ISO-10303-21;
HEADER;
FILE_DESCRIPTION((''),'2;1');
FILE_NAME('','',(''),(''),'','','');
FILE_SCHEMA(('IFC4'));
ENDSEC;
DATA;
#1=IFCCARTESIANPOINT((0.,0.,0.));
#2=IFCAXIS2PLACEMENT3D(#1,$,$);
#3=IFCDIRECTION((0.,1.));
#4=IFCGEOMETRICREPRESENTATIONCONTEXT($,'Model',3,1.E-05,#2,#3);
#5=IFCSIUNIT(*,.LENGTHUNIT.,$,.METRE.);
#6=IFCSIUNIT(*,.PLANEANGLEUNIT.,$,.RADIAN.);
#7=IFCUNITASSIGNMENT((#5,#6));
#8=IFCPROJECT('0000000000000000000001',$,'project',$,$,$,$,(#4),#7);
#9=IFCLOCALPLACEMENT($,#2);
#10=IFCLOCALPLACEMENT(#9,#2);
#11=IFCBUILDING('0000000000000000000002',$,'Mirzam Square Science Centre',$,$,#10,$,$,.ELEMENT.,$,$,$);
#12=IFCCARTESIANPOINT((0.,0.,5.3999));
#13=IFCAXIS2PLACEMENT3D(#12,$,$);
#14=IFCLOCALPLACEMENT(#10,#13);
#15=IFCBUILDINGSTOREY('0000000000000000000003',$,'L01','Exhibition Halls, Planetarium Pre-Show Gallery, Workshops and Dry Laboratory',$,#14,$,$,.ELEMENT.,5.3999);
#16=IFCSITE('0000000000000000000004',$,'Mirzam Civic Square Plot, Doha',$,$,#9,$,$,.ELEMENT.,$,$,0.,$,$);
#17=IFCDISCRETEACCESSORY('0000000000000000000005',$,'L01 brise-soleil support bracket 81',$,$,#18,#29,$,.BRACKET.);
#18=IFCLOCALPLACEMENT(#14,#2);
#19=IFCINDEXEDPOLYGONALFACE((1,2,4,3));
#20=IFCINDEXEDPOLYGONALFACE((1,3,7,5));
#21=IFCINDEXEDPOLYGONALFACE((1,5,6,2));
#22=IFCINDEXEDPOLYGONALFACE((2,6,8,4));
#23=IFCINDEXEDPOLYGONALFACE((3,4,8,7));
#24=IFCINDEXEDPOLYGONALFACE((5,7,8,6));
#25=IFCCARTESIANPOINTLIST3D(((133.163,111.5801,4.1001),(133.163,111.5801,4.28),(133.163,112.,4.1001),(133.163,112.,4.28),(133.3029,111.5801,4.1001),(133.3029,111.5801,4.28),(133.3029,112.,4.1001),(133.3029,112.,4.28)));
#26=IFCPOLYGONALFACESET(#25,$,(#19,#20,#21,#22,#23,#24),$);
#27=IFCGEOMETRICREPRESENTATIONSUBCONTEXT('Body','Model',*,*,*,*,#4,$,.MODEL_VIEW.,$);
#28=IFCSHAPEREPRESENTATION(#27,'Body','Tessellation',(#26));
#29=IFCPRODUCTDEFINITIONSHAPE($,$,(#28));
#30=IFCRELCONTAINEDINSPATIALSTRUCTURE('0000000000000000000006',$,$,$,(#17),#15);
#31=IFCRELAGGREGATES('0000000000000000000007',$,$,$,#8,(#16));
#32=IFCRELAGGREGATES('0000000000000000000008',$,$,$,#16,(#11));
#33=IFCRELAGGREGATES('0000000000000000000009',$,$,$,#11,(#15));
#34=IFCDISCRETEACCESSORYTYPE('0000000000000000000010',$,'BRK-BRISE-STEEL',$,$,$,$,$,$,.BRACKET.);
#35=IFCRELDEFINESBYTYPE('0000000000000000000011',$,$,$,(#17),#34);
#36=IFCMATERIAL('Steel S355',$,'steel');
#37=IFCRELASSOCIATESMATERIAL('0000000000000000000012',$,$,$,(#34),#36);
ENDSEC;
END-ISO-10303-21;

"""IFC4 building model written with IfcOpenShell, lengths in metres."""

from ifc_helpers import new_model, si_unit, direction, frame, origin, origin_2d, place, context, subcontext, project, spatial, rectangle, extrude, material, type_object, element, save


model = new_model("IFC4")

# Units and contexts
model_context = context("Model", 3, precision=1e-05, world=origin(), true_north=direction((0.0, 1.0)))
body_context = subcontext(model_context, "Body", "Model", "MODEL_VIEW")
ifc_project = project(units=[si_unit("LENGTHUNIT", "METRE"), si_unit("PLANEANGLEUNIT", "RADIAN")], contexts=[model_context])

# Site, building, storey
site_placement = place(None, origin())
site = spatial("IfcSite", under=ifc_project, at=site_placement, Name="Mirzam Civic Square Plot, Doha", CompositionType="ELEMENT", RefElevation=0.0)
building_placement = place(site_placement, origin())
building = spatial("IfcBuilding", under=site, at=building_placement, Name="Mirzam Square Science Centre", CompositionType="ELEMENT")
storey_placement = place(building_placement, frame((0.0, 0.0, 5.3999)))
storey = spatial("IfcBuildingStorey", under=building, at=storey_placement, Name="L01", Description="Exhibition Halls, Planetarium Pre-Show Gallery, Workshops and Dry Laboratory", CompositionType="ELEMENT", Elevation=5.3999)

# Shared definitions
ifc_material_1 = material(Name="Steel S355", Category="steel")

# Discrete accessory
discrete_accessory_type_1 = type_object("IfcDiscreteAccessoryType", Name="BRK-BRISE-STEEL", PredefinedType="BRACKET", material=ifc_material_1)
discrete_accessory_placement = place(storey_placement, frame((133.2329, 111.79, 4.1001), z_axis=(0.0, 0.0, 1.0), x_axis=(-1.0, 0.0, 0.0)))
element("IfcDiscreteAccessory", 1, at=discrete_accessory_placement, inside=storey, type_object=discrete_accessory_type_1, Name="L01 brise-soleil support bracket 81", PredefinedType="BRACKET", context=body_context, shape_type="SweptSolid", body=[
    extrude(rectangle(XDim=0.1399, YDim=0.4199, at=origin_2d()), origin(), (0.0, 0.0, 1.0), 0.1799),
])

save(model, "model.ifc")
